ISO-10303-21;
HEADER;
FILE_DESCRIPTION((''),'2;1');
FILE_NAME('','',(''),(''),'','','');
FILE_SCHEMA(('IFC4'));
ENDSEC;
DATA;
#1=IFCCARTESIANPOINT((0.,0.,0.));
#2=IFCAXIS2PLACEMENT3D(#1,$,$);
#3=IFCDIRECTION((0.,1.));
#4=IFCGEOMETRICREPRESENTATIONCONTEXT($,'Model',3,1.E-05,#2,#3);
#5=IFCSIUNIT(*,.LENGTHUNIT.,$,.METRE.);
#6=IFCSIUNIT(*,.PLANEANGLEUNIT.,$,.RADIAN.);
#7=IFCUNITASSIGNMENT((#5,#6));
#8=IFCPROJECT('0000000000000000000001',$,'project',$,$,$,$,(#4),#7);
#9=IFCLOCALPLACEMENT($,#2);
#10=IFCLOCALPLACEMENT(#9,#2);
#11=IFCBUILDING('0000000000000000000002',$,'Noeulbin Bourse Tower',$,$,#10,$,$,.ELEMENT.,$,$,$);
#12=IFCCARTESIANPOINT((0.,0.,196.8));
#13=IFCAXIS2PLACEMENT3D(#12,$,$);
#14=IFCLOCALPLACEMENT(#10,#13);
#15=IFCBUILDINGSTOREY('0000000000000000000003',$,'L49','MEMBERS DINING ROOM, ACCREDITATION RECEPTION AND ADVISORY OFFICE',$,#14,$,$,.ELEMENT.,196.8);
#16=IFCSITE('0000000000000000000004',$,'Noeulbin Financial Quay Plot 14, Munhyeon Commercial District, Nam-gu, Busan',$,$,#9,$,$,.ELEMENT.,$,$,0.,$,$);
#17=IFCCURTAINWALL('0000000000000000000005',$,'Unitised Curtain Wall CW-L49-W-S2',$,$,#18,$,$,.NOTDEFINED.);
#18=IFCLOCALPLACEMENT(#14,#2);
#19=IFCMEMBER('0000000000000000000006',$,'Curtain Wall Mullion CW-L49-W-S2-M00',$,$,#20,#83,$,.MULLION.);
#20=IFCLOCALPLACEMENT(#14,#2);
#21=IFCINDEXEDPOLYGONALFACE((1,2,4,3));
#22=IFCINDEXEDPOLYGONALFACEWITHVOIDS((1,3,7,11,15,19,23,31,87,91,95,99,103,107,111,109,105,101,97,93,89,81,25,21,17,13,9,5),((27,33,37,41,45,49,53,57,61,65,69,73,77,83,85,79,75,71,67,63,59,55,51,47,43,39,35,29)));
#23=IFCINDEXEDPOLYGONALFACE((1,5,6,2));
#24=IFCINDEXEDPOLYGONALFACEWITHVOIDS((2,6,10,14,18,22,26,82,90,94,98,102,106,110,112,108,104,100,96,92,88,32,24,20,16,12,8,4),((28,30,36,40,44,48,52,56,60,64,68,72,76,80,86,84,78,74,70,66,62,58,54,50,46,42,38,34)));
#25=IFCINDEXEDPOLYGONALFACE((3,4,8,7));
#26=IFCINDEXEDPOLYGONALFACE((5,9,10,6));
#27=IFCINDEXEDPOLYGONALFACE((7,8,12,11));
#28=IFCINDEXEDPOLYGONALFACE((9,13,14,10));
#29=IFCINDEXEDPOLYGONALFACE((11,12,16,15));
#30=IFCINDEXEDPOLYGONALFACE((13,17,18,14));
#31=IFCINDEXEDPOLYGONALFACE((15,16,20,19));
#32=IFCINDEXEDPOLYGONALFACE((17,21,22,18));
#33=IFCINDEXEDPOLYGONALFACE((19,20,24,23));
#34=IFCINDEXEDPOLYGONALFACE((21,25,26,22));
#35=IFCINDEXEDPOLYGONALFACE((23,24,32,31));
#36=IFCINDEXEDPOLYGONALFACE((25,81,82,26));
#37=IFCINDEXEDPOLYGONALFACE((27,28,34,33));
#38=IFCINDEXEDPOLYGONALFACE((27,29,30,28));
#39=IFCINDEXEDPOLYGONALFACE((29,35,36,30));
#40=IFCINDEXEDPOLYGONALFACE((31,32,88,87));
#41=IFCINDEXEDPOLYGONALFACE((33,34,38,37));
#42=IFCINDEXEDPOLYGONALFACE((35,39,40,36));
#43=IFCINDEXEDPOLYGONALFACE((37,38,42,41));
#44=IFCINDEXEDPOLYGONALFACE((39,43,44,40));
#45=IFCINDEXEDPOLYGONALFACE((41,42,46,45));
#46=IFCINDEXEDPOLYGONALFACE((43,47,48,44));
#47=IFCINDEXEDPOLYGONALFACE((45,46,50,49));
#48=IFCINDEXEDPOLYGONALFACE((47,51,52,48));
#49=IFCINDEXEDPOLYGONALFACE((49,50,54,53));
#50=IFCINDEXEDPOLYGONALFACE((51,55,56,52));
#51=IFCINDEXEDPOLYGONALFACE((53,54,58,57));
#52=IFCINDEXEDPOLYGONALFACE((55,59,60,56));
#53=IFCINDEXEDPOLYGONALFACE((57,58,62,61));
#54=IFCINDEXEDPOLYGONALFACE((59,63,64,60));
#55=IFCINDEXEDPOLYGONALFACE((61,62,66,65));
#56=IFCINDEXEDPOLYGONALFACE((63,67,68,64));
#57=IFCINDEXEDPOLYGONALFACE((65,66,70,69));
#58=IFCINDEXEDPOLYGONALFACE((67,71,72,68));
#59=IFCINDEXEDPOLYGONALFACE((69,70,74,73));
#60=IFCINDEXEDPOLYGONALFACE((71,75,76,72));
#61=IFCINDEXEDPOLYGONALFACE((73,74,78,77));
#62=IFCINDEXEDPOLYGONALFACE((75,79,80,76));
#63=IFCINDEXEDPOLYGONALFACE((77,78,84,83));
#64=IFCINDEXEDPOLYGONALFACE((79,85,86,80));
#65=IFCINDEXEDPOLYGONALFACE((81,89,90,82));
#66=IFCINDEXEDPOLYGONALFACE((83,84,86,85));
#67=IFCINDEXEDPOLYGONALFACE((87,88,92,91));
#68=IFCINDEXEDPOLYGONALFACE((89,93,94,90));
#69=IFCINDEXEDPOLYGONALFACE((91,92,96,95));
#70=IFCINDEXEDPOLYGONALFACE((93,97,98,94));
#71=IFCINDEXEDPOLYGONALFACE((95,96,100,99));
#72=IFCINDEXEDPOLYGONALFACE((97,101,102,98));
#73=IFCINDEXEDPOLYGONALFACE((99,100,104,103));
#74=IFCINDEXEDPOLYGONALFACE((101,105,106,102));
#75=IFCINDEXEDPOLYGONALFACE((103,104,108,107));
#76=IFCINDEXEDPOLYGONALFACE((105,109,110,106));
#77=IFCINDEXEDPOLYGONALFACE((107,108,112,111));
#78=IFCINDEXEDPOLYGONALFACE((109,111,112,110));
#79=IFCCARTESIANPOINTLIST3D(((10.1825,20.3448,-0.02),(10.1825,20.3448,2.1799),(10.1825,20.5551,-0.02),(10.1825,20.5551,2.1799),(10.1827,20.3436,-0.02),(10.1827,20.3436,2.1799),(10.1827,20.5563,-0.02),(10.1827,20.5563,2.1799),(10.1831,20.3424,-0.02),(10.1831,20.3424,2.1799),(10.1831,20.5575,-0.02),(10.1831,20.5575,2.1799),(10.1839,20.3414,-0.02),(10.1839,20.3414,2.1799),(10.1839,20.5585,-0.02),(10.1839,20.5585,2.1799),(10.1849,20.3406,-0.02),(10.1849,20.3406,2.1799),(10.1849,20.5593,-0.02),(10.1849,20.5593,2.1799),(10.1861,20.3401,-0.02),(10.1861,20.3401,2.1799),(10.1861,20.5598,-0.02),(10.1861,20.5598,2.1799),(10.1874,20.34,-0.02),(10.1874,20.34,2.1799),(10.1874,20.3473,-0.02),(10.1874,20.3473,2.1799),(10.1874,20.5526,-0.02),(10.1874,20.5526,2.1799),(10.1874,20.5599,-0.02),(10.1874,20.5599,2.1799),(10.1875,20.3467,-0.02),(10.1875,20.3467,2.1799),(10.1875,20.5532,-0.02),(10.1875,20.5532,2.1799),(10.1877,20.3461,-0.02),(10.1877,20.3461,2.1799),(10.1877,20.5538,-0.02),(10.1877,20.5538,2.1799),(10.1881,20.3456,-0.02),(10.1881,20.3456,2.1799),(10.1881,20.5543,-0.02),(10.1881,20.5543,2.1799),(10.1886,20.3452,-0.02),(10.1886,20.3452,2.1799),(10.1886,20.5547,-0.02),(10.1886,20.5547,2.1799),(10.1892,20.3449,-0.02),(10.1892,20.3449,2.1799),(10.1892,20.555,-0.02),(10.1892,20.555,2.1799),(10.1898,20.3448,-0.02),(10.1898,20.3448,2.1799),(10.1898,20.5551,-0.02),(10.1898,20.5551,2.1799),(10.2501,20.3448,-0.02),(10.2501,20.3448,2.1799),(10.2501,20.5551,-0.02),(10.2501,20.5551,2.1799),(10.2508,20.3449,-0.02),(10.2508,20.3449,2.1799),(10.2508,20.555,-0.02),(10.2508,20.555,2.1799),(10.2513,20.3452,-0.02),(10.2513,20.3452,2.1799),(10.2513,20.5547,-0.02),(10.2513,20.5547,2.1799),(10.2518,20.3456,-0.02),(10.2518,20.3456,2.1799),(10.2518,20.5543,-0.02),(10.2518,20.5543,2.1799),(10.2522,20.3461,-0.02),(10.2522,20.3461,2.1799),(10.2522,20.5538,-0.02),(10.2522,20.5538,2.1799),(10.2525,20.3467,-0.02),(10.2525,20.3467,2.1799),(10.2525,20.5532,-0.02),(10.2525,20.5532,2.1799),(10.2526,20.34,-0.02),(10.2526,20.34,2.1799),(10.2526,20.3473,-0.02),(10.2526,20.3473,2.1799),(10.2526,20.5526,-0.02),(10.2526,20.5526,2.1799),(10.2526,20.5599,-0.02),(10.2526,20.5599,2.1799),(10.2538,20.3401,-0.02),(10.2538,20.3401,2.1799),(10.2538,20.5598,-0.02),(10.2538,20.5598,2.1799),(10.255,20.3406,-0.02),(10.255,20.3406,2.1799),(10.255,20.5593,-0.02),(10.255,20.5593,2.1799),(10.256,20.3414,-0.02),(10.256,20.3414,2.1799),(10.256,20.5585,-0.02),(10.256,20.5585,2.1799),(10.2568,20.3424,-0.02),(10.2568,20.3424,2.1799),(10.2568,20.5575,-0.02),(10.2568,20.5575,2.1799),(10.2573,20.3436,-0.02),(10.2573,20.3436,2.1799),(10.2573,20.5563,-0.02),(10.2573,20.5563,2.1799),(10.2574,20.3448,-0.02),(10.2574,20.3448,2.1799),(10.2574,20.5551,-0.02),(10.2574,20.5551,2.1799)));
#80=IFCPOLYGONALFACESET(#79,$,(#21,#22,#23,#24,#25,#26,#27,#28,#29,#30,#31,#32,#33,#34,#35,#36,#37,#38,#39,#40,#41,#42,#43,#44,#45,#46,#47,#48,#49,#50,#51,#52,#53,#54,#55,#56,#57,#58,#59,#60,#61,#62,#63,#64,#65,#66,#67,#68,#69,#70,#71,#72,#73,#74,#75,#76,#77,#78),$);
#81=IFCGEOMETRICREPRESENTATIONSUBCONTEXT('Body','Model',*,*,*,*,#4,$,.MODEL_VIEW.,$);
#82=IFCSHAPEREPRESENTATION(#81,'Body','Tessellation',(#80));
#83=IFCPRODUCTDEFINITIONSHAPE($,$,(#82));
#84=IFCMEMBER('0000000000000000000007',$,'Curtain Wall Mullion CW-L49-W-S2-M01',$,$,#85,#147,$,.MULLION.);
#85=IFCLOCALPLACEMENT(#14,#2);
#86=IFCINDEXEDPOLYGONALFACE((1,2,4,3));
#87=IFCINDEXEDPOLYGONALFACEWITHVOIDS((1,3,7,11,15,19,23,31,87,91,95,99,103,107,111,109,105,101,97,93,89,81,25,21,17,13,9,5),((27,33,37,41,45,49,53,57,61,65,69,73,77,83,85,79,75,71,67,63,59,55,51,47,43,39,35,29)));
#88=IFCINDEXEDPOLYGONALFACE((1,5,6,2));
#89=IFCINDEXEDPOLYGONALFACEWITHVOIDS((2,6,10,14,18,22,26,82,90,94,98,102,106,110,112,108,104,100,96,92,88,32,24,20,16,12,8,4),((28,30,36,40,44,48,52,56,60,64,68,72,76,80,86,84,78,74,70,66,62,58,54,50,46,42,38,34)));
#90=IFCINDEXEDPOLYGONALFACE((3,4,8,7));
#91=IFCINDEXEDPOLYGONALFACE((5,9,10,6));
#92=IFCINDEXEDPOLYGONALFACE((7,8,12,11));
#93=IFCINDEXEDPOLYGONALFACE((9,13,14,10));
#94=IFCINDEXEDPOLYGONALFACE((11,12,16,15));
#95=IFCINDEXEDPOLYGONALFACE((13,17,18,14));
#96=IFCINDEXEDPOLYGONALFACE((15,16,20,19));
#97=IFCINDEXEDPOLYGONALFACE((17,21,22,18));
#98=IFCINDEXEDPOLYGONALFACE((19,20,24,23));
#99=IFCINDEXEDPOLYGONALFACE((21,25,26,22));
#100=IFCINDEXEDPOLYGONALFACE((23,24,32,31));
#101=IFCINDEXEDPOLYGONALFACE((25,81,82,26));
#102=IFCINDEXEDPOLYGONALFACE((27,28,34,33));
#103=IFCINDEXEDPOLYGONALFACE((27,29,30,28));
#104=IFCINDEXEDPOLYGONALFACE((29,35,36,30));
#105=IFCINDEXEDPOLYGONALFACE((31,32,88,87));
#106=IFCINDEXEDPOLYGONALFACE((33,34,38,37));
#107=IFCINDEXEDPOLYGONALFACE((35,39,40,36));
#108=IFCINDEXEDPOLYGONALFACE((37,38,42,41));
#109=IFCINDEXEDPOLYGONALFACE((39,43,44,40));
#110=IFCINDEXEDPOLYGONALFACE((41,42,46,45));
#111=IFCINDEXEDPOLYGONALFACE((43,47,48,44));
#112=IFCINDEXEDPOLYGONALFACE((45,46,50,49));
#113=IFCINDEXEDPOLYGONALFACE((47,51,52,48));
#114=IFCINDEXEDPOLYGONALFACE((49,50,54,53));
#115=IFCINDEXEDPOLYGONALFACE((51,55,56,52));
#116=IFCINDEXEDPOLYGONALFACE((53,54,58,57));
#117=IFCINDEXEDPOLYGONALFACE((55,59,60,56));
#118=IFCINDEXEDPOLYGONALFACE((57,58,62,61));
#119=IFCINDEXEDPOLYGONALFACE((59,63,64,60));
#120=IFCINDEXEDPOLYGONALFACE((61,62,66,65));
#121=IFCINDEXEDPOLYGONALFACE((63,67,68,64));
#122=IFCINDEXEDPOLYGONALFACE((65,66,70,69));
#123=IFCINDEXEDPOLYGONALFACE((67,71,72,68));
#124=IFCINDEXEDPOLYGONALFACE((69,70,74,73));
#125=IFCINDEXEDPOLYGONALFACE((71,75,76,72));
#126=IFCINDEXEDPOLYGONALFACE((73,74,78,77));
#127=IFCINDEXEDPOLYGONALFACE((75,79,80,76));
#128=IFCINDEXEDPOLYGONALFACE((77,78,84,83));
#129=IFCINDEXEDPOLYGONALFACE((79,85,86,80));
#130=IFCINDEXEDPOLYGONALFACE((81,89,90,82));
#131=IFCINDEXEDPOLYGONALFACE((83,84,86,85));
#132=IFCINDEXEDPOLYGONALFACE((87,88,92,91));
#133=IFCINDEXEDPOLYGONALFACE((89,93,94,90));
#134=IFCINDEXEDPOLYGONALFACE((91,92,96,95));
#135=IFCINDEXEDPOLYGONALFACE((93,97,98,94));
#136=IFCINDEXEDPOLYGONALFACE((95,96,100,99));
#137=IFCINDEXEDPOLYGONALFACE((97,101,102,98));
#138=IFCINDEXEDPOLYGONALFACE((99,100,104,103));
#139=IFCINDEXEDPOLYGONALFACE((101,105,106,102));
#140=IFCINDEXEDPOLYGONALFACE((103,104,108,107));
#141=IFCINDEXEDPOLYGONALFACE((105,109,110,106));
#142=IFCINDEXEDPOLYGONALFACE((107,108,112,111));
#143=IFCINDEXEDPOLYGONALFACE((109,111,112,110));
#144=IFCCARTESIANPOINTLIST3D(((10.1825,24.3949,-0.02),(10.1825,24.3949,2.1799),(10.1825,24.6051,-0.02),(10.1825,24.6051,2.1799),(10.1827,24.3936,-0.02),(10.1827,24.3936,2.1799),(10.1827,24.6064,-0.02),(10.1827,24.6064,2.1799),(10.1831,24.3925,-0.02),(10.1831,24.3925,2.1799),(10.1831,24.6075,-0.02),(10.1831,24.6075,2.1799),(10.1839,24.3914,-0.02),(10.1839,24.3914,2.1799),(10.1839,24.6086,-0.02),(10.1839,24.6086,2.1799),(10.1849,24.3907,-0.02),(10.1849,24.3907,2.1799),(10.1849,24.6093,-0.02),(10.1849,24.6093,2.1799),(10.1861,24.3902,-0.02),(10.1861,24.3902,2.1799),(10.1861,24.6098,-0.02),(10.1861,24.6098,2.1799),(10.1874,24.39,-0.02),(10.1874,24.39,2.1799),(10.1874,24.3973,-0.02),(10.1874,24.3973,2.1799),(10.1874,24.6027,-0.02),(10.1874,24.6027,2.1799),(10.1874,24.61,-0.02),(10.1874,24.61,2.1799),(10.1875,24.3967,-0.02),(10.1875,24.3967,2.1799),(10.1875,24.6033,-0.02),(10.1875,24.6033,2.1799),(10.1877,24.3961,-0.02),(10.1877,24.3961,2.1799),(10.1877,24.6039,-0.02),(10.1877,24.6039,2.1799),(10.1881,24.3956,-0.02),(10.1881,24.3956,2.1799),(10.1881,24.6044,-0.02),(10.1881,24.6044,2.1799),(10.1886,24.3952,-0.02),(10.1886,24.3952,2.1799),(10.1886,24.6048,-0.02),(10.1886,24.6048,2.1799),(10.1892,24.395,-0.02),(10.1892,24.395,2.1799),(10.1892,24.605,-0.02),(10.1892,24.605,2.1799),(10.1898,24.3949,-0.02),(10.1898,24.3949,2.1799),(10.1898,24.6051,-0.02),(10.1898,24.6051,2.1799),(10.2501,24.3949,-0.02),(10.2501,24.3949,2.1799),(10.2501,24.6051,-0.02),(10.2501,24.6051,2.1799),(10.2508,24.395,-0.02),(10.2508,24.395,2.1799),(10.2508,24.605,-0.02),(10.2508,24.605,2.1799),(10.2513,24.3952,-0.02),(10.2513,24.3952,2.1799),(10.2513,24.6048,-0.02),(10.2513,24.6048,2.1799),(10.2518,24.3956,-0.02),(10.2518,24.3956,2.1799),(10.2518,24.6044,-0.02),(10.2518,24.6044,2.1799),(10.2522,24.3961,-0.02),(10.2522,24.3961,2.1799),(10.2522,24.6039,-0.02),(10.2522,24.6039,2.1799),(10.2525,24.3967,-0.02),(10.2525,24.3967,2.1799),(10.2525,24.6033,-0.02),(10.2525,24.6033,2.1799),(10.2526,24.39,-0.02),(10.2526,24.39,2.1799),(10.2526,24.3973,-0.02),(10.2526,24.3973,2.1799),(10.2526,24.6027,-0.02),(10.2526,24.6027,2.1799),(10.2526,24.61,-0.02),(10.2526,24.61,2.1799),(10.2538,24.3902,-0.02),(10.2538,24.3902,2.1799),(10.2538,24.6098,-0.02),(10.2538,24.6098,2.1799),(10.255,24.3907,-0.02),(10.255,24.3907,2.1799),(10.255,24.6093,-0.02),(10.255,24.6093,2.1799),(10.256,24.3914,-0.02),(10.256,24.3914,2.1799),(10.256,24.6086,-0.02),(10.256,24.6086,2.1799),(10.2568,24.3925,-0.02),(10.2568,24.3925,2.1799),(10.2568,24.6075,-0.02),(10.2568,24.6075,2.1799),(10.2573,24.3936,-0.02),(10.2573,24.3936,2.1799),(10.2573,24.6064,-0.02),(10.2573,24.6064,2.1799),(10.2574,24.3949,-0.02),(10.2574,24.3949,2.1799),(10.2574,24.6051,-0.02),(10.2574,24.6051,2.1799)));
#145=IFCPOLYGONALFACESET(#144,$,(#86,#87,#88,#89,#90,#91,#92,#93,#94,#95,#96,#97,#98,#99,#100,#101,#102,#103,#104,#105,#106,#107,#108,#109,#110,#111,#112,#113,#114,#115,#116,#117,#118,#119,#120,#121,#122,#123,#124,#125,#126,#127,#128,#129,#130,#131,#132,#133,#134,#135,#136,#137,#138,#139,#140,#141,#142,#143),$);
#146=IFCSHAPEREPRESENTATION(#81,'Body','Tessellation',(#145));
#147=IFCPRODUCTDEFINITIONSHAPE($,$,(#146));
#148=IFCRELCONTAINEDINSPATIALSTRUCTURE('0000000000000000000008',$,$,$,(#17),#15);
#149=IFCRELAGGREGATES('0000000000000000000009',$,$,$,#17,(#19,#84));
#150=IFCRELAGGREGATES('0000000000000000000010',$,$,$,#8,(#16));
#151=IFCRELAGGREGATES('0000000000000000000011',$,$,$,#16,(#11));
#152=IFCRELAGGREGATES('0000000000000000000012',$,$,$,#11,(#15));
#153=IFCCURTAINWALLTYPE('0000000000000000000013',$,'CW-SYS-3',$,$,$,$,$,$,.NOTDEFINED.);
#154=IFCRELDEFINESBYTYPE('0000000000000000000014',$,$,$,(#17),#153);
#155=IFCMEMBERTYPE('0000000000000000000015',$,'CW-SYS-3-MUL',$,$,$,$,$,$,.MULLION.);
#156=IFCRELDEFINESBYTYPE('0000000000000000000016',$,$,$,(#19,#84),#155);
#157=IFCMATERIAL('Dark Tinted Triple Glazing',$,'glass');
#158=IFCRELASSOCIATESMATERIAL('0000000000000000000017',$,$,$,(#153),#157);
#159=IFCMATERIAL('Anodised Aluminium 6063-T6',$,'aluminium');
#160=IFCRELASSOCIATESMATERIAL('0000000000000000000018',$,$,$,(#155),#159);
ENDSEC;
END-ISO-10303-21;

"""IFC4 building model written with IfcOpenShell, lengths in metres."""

from ifc_helpers import new_model, si_unit, direction, frame, origin, origin_2d, place, context, subcontext, project, spatial, hollow_rectangle, extrude, material, material_profile, profile_set, type_object, element, aggregate, save


model = new_model("IFC4")

# Units and contexts
model_context = context("Model", 3, precision=1e-05, world=origin(), true_north=direction((0.0, 1.0)))
body_context = subcontext(model_context, "Body", "Model", "MODEL_VIEW")
ifc_project = project(units=[si_unit("LENGTHUNIT", "METRE"), si_unit("PLANEANGLEUNIT", "RADIAN")], contexts=[model_context])

# Site, building, storey
site_placement = place(None, origin())
site = spatial("IfcSite", under=ifc_project, at=site_placement, Name="Noeulbin Financial Quay Plot 14, Munhyeon Commercial District, Nam-gu, Busan", CompositionType="ELEMENT", RefElevation=0.0)
building_placement = place(site_placement, origin())
building = spatial("IfcBuilding", under=site, at=building_placement, Name="Noeulbin Bourse Tower", CompositionType="ELEMENT")
storey_placement = place(building_placement, frame((0.0, 0.0, 196.8)))
storey = spatial("IfcBuildingStorey", under=building, at=storey_placement, Name="L49", Description="MEMBERS DINING ROOM, ACCREDITATION RECEPTION AND ADVISORY OFFICE", CompositionType="ELEMENT", Elevation=196.8)

# Curtain wall, members
ifc_material_1 = material(Name="Dark Tinted Triple Glazing", Category="glass")
curtain_wall_type = type_object("IfcCurtainWallType", Name="CW-SYS-3", PredefinedType="NOTDEFINED", material=ifc_material_1)
curtain_wall_1_placement = place(storey_placement, origin())
curtain_wall_1 = element("IfcCurtainWall", 1, at=curtain_wall_1_placement, inside=storey, type_object=curtain_wall_type, Name="Unitised Curtain Wall CW-L49-W-S2", PredefinedType="NOTDEFINED")
ifc_material_2 = material(Name="Anodised Aluminium 6063-T6", Category="aluminium")
ifc_material_profile_1 = material_profile(ifc_material_2, hollow_rectangle(XDim=0.075, YDim=0.22, WallThickness=0.0049, InnerFilletRadius=0.0024, OuterFilletRadius=0.0049, at=origin_2d()), Name="ALU-MULL-75x220x5", Category="LoadBearing")
ifc_profile_set_1 = profile_set([ifc_material_profile_1], Name="Anodised Aluminium 6063-T6")
member_type_1 = type_object("IfcMemberType", Name="CW-SYS-3-MUL", PredefinedType="MULLION", material=ifc_profile_set_1)
member_1_placement = place(storey_placement, frame((10.22, 20.45, -0.02), z_axis=(0.0, 0.0, 1.0), x_axis=(1.0, 0.0, 0.0)))
member_1 = element("IfcMember", 2, at=member_1_placement, type_object=member_type_1, Name="Curtain Wall Mullion CW-L49-W-S2-M00", PredefinedType="MULLION", context=body_context, shape_type="SweptSolid", body=[
    extrude(hollow_rectangle(XDim=0.075, YDim=0.22, WallThickness=0.0049, InnerFilletRadius=0.0024, OuterFilletRadius=0.0049, at=origin_2d()), origin(), (0.0, 0.0, 1.0), 2.2),
])
member_2_placement = place(storey_placement, frame((10.22, 24.5, -0.02), z_axis=(0.0, 0.0, 1.0), x_axis=(1.0, 0.0, 0.0)))
member_2 = element("IfcMember", 3, at=member_2_placement, type_object=member_type_1, Name="Curtain Wall Mullion CW-L49-W-S2-M01", PredefinedType="MULLION", context=body_context, shape_type="SweptSolid", body=[
    extrude(hollow_rectangle(XDim=0.075, YDim=0.22, WallThickness=0.0049, InnerFilletRadius=0.0024, OuterFilletRadius=0.0049, at=origin_2d()), origin(), (0.0, 0.0, 1.0), 2.2),
])

aggregate(curtain_wall_1, [member_1, member_2])

save(model, "model.ifc")
